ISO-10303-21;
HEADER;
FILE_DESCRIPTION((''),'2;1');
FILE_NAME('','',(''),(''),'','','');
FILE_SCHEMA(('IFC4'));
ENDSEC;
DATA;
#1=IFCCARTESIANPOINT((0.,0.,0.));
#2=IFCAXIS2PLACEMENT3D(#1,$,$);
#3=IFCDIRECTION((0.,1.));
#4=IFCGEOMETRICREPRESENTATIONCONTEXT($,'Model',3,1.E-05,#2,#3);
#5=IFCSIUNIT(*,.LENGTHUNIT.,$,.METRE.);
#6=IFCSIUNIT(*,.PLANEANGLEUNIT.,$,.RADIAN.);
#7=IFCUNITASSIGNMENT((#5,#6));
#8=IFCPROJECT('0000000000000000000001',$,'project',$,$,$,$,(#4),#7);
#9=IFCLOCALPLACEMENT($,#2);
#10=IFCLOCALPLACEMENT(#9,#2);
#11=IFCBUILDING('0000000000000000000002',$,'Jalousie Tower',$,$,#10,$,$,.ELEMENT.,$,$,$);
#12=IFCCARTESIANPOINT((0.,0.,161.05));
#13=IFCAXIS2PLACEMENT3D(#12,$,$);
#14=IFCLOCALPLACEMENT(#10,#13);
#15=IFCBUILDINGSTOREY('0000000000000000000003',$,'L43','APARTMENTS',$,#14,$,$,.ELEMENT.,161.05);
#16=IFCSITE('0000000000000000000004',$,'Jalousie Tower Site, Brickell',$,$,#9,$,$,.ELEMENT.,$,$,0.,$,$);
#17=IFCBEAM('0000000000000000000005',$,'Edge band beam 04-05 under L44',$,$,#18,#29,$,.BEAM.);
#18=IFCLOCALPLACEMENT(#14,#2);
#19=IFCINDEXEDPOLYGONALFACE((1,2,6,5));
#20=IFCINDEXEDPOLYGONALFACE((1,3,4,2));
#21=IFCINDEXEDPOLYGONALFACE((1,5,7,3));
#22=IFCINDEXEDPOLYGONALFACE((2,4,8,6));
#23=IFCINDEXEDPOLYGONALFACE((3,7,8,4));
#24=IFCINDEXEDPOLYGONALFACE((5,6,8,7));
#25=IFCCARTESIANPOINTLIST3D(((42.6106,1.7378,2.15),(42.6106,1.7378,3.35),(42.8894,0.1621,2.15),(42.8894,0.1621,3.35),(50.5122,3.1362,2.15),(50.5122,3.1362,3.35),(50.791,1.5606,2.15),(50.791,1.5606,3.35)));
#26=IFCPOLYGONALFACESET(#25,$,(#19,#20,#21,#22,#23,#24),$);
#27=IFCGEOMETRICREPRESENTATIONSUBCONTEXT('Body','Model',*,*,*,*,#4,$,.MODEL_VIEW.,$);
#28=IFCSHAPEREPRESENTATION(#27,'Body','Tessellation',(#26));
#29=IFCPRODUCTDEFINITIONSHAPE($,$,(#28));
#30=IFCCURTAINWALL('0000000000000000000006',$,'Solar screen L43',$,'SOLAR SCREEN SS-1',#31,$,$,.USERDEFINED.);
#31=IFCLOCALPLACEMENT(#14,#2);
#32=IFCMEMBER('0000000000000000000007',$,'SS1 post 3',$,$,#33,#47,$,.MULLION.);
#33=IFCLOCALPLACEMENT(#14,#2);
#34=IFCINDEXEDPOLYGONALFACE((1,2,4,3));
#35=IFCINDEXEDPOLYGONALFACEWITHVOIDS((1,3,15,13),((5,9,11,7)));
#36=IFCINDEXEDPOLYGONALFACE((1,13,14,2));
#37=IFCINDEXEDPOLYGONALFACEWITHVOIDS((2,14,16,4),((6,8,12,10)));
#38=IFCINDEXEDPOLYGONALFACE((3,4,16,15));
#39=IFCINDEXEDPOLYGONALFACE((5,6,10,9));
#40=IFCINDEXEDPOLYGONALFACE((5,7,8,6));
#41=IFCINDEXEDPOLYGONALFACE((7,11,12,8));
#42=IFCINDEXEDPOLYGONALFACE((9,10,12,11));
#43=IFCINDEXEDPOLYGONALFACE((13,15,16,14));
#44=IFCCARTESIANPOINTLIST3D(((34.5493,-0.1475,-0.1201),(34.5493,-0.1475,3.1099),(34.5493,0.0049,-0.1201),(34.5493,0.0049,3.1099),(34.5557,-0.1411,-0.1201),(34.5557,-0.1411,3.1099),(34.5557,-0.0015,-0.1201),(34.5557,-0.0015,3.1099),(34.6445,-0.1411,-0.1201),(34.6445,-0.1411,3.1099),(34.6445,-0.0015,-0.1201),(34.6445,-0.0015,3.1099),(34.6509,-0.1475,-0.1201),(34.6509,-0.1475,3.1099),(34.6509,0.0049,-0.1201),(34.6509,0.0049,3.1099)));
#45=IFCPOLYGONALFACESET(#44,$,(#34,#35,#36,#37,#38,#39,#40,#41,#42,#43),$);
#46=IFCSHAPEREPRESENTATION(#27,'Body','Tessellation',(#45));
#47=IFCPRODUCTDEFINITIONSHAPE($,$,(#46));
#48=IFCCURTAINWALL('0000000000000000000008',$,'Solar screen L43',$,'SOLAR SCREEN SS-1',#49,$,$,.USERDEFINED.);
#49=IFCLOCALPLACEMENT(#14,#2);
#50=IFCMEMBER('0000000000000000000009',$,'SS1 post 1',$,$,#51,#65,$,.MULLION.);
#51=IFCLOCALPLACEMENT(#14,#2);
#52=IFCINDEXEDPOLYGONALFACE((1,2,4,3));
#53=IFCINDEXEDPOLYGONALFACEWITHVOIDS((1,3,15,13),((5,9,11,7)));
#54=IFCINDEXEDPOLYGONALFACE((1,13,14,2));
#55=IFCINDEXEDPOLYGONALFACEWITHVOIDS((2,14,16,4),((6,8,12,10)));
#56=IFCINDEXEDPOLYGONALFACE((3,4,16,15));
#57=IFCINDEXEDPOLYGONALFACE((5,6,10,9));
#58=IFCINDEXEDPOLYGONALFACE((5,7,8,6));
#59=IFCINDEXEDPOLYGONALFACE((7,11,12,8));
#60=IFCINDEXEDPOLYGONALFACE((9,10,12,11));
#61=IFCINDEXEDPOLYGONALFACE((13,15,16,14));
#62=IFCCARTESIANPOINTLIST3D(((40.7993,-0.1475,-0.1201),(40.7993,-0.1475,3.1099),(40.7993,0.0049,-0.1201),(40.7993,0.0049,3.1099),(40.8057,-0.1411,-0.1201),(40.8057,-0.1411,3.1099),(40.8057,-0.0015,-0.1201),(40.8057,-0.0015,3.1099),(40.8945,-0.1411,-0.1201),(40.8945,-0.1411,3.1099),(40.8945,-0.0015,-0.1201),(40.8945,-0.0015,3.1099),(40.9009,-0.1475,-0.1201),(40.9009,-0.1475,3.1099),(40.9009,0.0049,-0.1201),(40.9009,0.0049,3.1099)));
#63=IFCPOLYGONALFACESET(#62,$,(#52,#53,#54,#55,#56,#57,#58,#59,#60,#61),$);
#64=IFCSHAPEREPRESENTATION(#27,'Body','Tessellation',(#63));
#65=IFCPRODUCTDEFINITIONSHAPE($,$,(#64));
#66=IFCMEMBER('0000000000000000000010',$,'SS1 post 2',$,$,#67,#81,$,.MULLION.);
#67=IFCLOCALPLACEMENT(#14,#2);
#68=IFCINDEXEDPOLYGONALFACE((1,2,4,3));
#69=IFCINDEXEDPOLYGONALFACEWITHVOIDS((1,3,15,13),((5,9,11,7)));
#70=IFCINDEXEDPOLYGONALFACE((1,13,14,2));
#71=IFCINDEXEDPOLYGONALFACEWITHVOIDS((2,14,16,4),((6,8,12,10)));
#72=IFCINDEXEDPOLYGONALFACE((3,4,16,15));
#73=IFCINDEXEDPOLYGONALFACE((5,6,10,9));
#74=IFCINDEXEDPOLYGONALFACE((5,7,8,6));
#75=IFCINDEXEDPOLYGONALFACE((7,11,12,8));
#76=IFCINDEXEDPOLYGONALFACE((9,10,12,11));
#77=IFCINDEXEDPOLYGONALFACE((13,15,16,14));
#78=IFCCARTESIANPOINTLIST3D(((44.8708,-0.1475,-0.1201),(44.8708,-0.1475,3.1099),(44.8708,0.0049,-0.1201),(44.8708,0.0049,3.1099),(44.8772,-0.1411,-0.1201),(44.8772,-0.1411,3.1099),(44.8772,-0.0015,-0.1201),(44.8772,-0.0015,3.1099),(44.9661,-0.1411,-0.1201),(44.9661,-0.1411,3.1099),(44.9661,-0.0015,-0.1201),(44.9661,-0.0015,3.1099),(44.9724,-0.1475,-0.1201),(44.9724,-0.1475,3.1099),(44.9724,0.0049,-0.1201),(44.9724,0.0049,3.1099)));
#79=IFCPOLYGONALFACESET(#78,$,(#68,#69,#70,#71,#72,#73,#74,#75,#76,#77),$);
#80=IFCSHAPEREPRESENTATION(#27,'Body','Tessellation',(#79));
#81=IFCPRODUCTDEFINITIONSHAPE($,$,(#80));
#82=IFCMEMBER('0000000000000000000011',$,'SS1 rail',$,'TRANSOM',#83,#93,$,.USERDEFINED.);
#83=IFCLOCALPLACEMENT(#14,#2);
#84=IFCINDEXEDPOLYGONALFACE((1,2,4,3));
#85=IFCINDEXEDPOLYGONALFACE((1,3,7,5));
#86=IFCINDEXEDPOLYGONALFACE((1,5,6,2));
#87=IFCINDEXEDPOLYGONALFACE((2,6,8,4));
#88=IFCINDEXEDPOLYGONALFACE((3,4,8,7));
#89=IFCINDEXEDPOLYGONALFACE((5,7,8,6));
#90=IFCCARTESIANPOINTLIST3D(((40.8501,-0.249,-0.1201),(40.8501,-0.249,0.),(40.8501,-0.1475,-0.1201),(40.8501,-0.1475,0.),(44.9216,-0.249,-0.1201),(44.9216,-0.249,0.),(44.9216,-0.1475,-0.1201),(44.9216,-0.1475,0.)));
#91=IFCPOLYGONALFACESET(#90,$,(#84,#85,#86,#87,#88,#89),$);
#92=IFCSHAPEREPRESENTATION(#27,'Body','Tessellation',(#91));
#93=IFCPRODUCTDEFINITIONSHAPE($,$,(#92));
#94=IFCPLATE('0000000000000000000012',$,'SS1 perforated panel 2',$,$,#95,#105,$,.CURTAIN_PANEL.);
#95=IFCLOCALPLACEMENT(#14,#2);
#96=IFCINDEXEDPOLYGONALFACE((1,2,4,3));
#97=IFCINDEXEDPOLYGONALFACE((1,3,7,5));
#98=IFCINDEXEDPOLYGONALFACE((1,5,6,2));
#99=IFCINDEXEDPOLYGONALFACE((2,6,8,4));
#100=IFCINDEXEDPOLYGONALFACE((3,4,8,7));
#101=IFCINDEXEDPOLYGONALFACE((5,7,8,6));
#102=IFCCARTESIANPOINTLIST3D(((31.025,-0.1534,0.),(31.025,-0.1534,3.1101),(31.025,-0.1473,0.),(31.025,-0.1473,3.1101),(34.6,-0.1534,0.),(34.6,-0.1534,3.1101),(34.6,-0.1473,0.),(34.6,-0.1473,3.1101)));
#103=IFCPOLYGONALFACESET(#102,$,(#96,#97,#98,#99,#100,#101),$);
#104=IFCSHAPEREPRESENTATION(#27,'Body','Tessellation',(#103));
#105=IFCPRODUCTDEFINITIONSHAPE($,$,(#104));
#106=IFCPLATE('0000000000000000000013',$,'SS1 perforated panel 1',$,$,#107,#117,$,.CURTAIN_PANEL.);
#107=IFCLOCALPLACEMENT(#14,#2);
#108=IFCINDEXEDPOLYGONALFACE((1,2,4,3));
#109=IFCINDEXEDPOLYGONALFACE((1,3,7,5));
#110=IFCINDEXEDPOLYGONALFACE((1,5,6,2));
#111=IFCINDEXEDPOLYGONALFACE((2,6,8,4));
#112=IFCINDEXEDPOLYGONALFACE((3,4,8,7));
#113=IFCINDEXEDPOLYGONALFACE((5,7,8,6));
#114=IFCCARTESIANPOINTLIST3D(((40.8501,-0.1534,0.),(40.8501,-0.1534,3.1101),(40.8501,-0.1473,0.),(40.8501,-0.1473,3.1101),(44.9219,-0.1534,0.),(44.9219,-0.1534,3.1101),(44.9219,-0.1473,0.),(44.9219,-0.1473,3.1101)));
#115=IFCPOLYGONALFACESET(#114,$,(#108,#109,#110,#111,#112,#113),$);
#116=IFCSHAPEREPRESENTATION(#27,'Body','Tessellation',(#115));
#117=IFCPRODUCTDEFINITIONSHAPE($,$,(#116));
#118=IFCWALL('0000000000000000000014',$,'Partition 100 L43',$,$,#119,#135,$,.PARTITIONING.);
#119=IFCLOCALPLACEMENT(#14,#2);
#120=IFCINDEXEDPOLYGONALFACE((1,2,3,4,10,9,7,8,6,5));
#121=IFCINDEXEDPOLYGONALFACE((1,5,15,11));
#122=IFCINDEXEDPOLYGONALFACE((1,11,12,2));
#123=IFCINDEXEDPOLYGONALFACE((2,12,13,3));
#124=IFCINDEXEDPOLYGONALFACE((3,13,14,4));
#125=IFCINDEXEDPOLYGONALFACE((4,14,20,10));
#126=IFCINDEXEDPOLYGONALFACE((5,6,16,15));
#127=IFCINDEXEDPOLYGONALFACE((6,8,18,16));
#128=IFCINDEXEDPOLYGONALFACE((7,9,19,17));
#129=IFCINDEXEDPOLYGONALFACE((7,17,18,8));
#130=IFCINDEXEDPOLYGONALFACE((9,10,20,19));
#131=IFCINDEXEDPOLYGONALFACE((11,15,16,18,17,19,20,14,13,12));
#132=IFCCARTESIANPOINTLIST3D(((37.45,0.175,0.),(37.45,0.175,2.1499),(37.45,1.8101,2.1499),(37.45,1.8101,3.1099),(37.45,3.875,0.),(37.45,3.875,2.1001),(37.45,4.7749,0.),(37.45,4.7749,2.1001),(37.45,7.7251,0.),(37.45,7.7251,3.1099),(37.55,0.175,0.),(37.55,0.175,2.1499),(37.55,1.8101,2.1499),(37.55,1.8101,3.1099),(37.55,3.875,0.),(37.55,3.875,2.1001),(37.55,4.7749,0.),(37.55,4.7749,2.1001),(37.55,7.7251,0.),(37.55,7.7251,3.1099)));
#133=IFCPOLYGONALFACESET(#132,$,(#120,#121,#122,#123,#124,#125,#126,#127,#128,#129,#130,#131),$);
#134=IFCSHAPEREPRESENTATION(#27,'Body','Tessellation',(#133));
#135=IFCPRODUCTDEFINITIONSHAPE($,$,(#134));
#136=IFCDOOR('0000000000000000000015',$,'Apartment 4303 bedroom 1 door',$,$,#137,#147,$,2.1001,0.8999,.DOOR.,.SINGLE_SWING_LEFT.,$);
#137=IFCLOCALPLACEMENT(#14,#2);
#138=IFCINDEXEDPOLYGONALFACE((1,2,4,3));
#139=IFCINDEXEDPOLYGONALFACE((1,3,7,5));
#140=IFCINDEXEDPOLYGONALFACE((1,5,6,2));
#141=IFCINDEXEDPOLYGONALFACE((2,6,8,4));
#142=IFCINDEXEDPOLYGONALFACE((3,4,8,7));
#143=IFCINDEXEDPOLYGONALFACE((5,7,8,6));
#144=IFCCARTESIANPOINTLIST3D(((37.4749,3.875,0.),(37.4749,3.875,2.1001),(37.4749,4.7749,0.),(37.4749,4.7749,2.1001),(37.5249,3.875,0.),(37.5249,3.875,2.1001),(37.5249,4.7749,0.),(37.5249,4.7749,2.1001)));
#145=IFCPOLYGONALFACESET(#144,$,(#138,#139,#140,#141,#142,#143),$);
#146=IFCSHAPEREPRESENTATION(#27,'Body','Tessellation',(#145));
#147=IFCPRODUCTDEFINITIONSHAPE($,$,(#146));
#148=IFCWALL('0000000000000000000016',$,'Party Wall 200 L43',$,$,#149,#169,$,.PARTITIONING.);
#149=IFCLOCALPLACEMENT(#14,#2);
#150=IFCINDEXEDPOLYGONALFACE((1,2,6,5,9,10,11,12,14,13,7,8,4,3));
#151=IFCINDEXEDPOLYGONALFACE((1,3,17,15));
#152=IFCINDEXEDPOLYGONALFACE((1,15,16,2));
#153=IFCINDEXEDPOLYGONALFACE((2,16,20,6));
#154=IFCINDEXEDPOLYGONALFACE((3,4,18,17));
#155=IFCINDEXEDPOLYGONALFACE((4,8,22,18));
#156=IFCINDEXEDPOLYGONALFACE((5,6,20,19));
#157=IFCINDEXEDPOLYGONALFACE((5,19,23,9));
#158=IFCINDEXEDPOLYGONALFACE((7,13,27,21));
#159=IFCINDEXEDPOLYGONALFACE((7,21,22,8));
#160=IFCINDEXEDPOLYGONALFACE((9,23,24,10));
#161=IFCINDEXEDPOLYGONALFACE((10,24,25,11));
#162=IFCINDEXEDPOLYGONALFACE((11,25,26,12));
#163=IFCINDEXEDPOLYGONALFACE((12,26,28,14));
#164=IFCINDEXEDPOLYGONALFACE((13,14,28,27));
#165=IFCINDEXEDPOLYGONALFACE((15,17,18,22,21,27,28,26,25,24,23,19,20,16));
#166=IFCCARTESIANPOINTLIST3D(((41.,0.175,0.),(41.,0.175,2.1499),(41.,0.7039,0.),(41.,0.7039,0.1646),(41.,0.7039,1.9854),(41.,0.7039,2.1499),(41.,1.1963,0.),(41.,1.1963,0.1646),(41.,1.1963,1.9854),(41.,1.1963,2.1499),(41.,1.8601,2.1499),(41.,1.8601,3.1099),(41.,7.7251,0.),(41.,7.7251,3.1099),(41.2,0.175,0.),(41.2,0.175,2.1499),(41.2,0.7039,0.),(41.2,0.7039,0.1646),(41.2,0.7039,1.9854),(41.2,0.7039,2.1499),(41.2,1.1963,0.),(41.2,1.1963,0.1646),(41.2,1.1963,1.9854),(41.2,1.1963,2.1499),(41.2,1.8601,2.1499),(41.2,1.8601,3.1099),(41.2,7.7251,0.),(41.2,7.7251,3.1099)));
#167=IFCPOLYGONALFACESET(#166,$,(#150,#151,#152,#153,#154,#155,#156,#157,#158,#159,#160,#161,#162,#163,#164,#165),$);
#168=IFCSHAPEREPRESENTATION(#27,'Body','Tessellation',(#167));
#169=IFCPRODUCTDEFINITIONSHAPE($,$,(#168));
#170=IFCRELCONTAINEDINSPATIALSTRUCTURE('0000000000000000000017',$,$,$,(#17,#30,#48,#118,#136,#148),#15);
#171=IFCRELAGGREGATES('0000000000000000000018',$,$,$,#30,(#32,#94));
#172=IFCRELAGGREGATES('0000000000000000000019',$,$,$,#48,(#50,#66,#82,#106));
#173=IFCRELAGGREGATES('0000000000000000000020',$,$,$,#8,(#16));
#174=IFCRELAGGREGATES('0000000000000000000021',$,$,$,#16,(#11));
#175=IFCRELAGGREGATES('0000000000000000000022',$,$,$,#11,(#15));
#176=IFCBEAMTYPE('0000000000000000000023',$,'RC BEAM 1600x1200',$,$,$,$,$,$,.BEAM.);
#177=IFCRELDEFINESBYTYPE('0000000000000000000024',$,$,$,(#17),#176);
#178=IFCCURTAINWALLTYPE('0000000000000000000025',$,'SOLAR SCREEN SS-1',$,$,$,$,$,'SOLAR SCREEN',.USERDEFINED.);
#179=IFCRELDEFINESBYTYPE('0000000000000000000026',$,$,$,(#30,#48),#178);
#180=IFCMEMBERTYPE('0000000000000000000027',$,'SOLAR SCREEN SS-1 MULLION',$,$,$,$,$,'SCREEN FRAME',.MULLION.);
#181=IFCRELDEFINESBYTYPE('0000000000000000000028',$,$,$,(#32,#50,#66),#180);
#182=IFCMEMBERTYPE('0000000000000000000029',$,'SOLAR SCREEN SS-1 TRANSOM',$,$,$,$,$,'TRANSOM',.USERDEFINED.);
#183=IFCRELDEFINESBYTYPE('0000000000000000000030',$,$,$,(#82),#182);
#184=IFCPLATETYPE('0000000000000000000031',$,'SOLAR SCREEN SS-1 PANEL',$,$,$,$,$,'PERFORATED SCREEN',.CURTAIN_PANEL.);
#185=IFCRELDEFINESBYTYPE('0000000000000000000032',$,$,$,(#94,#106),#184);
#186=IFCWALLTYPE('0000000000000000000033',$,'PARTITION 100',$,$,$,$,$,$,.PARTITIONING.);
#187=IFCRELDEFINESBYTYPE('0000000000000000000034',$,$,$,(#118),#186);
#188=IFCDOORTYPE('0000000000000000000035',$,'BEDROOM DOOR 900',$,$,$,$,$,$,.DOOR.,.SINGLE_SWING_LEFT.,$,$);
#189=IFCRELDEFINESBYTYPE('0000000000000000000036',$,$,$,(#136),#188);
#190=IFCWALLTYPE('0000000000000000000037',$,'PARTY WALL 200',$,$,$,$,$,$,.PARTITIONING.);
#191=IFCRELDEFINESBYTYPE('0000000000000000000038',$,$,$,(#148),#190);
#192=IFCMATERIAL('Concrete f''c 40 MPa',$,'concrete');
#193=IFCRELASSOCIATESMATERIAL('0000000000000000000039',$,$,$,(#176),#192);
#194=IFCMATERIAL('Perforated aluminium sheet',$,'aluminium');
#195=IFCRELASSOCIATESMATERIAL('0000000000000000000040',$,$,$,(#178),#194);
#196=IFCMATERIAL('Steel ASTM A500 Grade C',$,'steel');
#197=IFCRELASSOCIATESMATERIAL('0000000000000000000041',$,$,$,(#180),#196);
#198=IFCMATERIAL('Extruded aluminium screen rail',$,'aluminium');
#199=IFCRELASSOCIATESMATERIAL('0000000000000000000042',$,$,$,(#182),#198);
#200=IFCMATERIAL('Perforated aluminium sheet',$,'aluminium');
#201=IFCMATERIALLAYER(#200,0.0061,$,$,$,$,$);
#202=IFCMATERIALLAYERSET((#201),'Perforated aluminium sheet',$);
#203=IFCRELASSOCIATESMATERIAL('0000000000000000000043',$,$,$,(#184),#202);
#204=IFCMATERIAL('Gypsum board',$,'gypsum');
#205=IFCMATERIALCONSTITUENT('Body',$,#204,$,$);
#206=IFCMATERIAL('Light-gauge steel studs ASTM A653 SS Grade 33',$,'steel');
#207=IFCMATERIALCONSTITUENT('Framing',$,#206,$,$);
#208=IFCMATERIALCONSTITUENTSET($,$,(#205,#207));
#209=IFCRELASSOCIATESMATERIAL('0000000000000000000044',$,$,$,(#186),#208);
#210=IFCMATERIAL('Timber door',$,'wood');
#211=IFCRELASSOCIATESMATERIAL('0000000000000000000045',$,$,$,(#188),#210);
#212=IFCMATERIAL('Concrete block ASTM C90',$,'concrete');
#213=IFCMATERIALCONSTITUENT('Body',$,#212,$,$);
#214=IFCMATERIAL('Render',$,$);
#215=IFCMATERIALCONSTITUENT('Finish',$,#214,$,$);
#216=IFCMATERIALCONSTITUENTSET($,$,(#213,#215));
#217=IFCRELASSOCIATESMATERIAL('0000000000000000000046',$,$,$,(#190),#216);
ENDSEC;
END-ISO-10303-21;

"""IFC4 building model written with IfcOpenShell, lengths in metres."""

from ifc_helpers import new_model, si_unit, direction, frame, frame_2d, origin, origin_2d, place, context, subcontext, project, spatial, polyline, rectangle, hollow_rectangle, outline, extrude, material, layer, layer_set, constituent, constituent_set, material_profile, profile_set, type_object, element, fill, aggregate, save


model = new_model("IFC4")

# Units and contexts
model_context = context("Model", 3, precision=1e-05, world=origin(), true_north=direction((0.0, 1.0)))
body_context = subcontext(model_context, "Body", "Model", "MODEL_VIEW")
ifc_project = project(units=[si_unit("LENGTHUNIT", "METRE"), si_unit("PLANEANGLEUNIT", "RADIAN")], contexts=[model_context])

# Site, building, storey
site_placement = place(None, origin())
site = spatial("IfcSite", under=ifc_project, at=site_placement, Name="Jalousie Tower Site, Brickell", CompositionType="ELEMENT", RefElevation=0.0)
building_placement = place(site_placement, origin())
building = spatial("IfcBuilding", under=site, at=building_placement, Name="Jalousie Tower", CompositionType="ELEMENT")
storey_placement = place(building_placement, frame((0.0, 0.0, 161.05)))
storey = spatial("IfcBuildingStorey", under=building, at=storey_placement, Name="L43", Description="APARTMENTS", CompositionType="ELEMENT", Elevation=161.05)

# Beam
ifc_material_1 = material(Name="Concrete f'c 40 MPa", Category="concrete")
ifc_material_profile_1 = material_profile(ifc_material_1, rectangle(XDim=1.6001, YDim=1.2, at=origin_2d()), Name="RC 1600x1200")
ifc_profile_set_1 = profile_set([ifc_material_profile_1], Name="Concrete f'c 40 MPa")
beam_type_1 = type_object("IfcBeamType", Name="RC BEAM 1600x1200", PredefinedType="BEAM", material=ifc_profile_set_1)
beam_1_placement = place(storey_placement, frame((42.75, 0.95, 2.75), z_axis=(0.984697, 0.174273, 0.0), x_axis=(-0.174273, 0.984697, 0.0)))
element("IfcBeam", 1, at=beam_1_placement, inside=storey, type_object=beam_type_1, Name="Edge band beam 04-05 under L44", PredefinedType="BEAM", context=body_context, shape_type="SweptSolid", body=[
    extrude(rectangle(XDim=1.6001, YDim=1.2, at=origin_2d()), origin(), (0.0, 0.0, 1.0), 8.0244),
])

# Curtain wall, member
ifc_material_2 = material(Name="Perforated aluminium sheet", Category="aluminium")
curtain_wall_type = type_object("IfcCurtainWallType", Name="SOLAR SCREEN SS-1", ElementType="SOLAR SCREEN", PredefinedType="USERDEFINED", material=ifc_material_2)
curtain_wall_1_placement = place(storey_placement, origin())
curtain_wall_1 = element("IfcCurtainWall", 2, at=curtain_wall_1_placement, inside=storey, type_object=curtain_wall_type, Name="Solar screen L43", ObjectType="SOLAR SCREEN SS-1", PredefinedType="USERDEFINED")
ifc_material_3 = material(Name="Steel ASTM A500 Grade C", Category="steel")
ifc_material_profile_2 = material_profile(ifc_material_3, hollow_rectangle(XDim=0.1016, YDim=0.1523, WallThickness=0.0063, at=origin_2d()), Name="HSS6X4X1/4")
ifc_profile_set_2 = profile_set([ifc_material_profile_2], Name="Steel ASTM A500 Grade C")
member_type_1 = type_object("IfcMemberType", Name="SOLAR SCREEN SS-1 MULLION", ElementType="SCREEN FRAME", PredefinedType="MULLION", material=ifc_profile_set_2)
member_1_placement = place(storey_placement, frame((34.6001, -0.0713, -0.1201), z_axis=(0.0, 0.0, 1.0), x_axis=(1.0, 0.0, 0.0)))
member_1 = element("IfcMember", 3, at=member_1_placement, type_object=member_type_1, Name="SS1 post 3", PredefinedType="MULLION", context=body_context, shape_type="SweptSolid", body=[
    extrude(hollow_rectangle(XDim=0.1016, YDim=0.1523, WallThickness=0.0063, at=origin_2d()), origin(), (0.0, 0.0, 1.0), 3.23),
])

# Curtain wall, members
curtain_wall_2_placement = place(storey_placement, origin())
curtain_wall_2 = element("IfcCurtainWall", 4, at=curtain_wall_2_placement, inside=storey, type_object=curtain_wall_type, Name="Solar screen L43", ObjectType="SOLAR SCREEN SS-1", PredefinedType="USERDEFINED")
member_2_placement = place(storey_placement, frame((40.8501, -0.0713, -0.1201), z_axis=(0.0, 0.0, 1.0), x_axis=(1.0, 0.0, 0.0)))
member_2 = element("IfcMember", 5, at=member_2_placement, type_object=member_type_1, Name="SS1 post 1", PredefinedType="MULLION", context=body_context, shape_type="SweptSolid", body=[
    extrude(hollow_rectangle(XDim=0.1016, YDim=0.1523, WallThickness=0.0063, at=origin_2d()), origin(), (0.0, 0.0, 1.0), 3.23),
])
member_3_placement = place(storey_placement, frame((44.9216, -0.0713, -0.1201), z_axis=(0.0, 0.0, 1.0), x_axis=(1.0, 0.0, 0.0)))
member_3 = element("IfcMember", 6, at=member_3_placement, type_object=member_type_1, Name="SS1 post 2", PredefinedType="MULLION", context=body_context, shape_type="SweptSolid", body=[
    extrude(hollow_rectangle(XDim=0.1016, YDim=0.1523, WallThickness=0.0063, at=origin_2d()), origin(), (0.0, 0.0, 1.0), 3.23),
])
ifc_material_4 = material(Name="Extruded aluminium screen rail", Category="aluminium")
ifc_material_profile_3 = material_profile(ifc_material_4, rectangle(XDim=0.1016, YDim=0.1201, at=origin_2d()), Name="RAIL 102x120")
ifc_profile_set_3 = profile_set([ifc_material_profile_3], Name="Extruded aluminium screen rail")
member_type_2 = type_object("IfcMemberType", Name="SOLAR SCREEN SS-1 TRANSOM", ElementType="TRANSOM", PredefinedType="USERDEFINED", material=ifc_profile_set_3)
member_4_placement = place(storey_placement, frame((40.8501, -0.1982, -0.0601), z_axis=(1.0, 0.0, 0.0), x_axis=(0.0, 1.0, 0.0)))
member_4 = element("IfcMember", 7, at=member_4_placement, type_object=member_type_2, Name="SS1 rail", ObjectType="TRANSOM", PredefinedType="USERDEFINED", context=body_context, shape_type="SweptSolid", body=[
    extrude(rectangle(XDim=0.1016, YDim=0.1201, at=origin_2d()), origin(), (0.0, 0.0, 1.0), 4.0715),
])

# Plates
ifc_material_5 = material(Name="Perforated aluminium sheet", Category="aluminium")
ifc_layer_1 = layer(ifc_material_5, 0.0061)
ifc_layer_set_1 = layer_set([ifc_layer_1], Name="Perforated aluminium sheet")
plate_type = type_object("IfcPlateType", Name="SOLAR SCREEN SS-1 PANEL", ElementType="PERFORATED SCREEN", PredefinedType="CURTAIN_PANEL", material=ifc_layer_set_1)
plate_1_placement = place(storey_placement, frame((32.8125, -0.1504, 0.0), z_axis=(0.0, 0.0, 1.0), x_axis=(1.0, 0.0, 0.0)))
plate_1 = element("IfcPlate", 8, at=plate_1_placement, type_object=plate_type, Name="SS1 perforated panel 2", PredefinedType="CURTAIN_PANEL", context=body_context, shape_type="SweptSolid", body=[
    extrude(rectangle(XDim=3.575, YDim=0.0061, at=origin_2d()), origin(), (0.0, 0.0, 1.0), 3.1101),
])
aggregate(curtain_wall_1, [member_1, plate_1])
plate_2_placement = place(storey_placement, frame((42.886, -0.1504, 0.0), z_axis=(0.0, 0.0, 1.0), x_axis=(1.0, 0.0, 0.0)))
plate_2 = element("IfcPlate", 9, at=plate_2_placement, type_object=plate_type, Name="SS1 perforated panel 1", PredefinedType="CURTAIN_PANEL", context=body_context, shape_type="SweptSolid", body=[
    extrude(rectangle(XDim=4.0718, YDim=0.0061, at=origin_2d()), origin(), (0.0, 0.0, 1.0), 3.1101),
])
aggregate(curtain_wall_2, [member_2, member_3, member_4, plate_2])

# Wall, opening, door
ifc_material_6 = material(Name="Gypsum board", Category="gypsum")
ifc_constituent_1 = constituent(ifc_material_6, Name="Body")
ifc_material_7 = material(Name="Light-gauge steel studs ASTM A653 SS Grade 33", Category="steel")
ifc_constituent_2 = constituent(ifc_material_7, Name="Framing")
ifc_constituent_set_1 = constituent_set(constituents=[ifc_constituent_1, ifc_constituent_2])
wall_type_1 = type_object("IfcWallType", Name="PARTITION 100", PredefinedType="PARTITIONING", material=ifc_constituent_set_1)
wall_1_placement = place(storey_placement, frame((37.5, 0.175, 0.0), z_axis=(0.0, 0.0, 1.0), x_axis=(0.0, 1.0, 0.0)))
wall_1 = element("IfcWall", 10, at=wall_1_placement, inside=storey, type_object=wall_type_1, Name="Partition 100 L43", PredefinedType="PARTITIONING", context=body_context, shape_type="SweptSolid", body=[
    extrude(outline(polyline([(0.0, 0.0), (7.55, 0.0), (7.55, 3.1099), (1.635, 3.1099), (1.635, 2.1499), (0.0, 2.1499), (0.0, 3.1099), (0.0, 0.0)])), frame((0.0, 0.05, 0.0), z_axis=(0.0, -1.0, 0.0), x_axis=(1.0, 0.0, 0.0)), (0.0, 0.0, 1.0), 0.1001),
])
opening_placement = place(wall_1_placement, frame((3.7, 0.0, 0.0)))
opening = element("IfcOpeningElement", 11, at=opening_placement, cuts=wall_1, PredefinedType="OPENING", context=body_context, shape_type="SweptSolid", body=[
    extrude(rectangle(XDim=0.8999, YDim=2.1001, at=frame_2d((0.45, 1.05))), frame((0.0, 0.0601, 0.0), z_axis=(0.0, -1.0, 0.0), x_axis=(1.0, 0.0, 0.0)), (0.0, 0.0, 1.0), 0.1201),
])
ifc_material_8 = material(Name="Timber door", Category="wood")
door_type = type_object("IfcDoorType", Name="BEDROOM DOOR 900", OperationType="SINGLE_SWING_LEFT", PredefinedType="DOOR", material=ifc_material_8)
door_placement = place(opening_placement, frame((0.8999, 0.0, 0.0), z_axis=(0.0, 0.0, 1.0), x_axis=(-1.0, 0.0, 0.0)))
door = element("IfcDoor", 12, at=door_placement, inside=storey, type_object=door_type, Name="Apartment 4303 bedroom 1 door", OperationType="SINGLE_SWING_LEFT", OverallHeight=2.1001, OverallWidth=0.8999, PredefinedType="DOOR", context=body_context, shape_type="SweptSolid", body=[
    extrude(rectangle(XDim=0.8999, YDim=2.1001, at=frame_2d((0.45, 1.05))), frame((0.0, 0.0249, 0.0), z_axis=(0.0, -1.0, 0.0), x_axis=(1.0, 0.0, 0.0)), (0.0, 0.0, 1.0), 0.05),
])
fill(opening, door)

# Wall
ifc_material_9 = material(Name="Concrete block ASTM C90", Category="concrete")
ifc_constituent_3 = constituent(ifc_material_9, Name="Body")
ifc_material_10 = material(Name="Render")
ifc_constituent_4 = constituent(ifc_material_10, Name="Finish")
ifc_constituent_set_2 = constituent_set(constituents=[ifc_constituent_3, ifc_constituent_4])
wall_type_2 = type_object("IfcWallType", Name="PARTY WALL 200", PredefinedType="PARTITIONING", material=ifc_constituent_set_2)
wall_2_placement = place(storey_placement, frame((41.1001, 0.175, 0.0), z_axis=(0.0, 0.0, 1.0), x_axis=(0.0, 1.0, 0.0)))
element("IfcWall", 13, at=wall_2_placement, inside=storey, type_object=wall_type_2, Name="Party Wall 200 L43", PredefinedType="PARTITIONING", context=body_context, shape_type="SweptSolid", body=[
    extrude(outline(polyline([(0.5288, 2.1499), (0.0, 2.1499), (0.0, 0.0), (0.5288, 0.0), (0.5288, 0.1646), (1.0212, 0.1646), (1.0212, 0.0), (7.55, 0.0), (7.55, 3.1099), (1.6851, 3.1099), (1.6851, 2.1499), (1.0212, 2.1499), (1.0212, 1.9854), (0.5288, 1.9854), (0.5288, 2.1499)])), frame((0.0, 0.1001, 0.0), z_axis=(0.0, -1.0, 0.0), x_axis=(1.0, 0.0, 0.0)), (0.0, 0.0, 1.0), 0.2),
])

save(model, "model.ifc")
